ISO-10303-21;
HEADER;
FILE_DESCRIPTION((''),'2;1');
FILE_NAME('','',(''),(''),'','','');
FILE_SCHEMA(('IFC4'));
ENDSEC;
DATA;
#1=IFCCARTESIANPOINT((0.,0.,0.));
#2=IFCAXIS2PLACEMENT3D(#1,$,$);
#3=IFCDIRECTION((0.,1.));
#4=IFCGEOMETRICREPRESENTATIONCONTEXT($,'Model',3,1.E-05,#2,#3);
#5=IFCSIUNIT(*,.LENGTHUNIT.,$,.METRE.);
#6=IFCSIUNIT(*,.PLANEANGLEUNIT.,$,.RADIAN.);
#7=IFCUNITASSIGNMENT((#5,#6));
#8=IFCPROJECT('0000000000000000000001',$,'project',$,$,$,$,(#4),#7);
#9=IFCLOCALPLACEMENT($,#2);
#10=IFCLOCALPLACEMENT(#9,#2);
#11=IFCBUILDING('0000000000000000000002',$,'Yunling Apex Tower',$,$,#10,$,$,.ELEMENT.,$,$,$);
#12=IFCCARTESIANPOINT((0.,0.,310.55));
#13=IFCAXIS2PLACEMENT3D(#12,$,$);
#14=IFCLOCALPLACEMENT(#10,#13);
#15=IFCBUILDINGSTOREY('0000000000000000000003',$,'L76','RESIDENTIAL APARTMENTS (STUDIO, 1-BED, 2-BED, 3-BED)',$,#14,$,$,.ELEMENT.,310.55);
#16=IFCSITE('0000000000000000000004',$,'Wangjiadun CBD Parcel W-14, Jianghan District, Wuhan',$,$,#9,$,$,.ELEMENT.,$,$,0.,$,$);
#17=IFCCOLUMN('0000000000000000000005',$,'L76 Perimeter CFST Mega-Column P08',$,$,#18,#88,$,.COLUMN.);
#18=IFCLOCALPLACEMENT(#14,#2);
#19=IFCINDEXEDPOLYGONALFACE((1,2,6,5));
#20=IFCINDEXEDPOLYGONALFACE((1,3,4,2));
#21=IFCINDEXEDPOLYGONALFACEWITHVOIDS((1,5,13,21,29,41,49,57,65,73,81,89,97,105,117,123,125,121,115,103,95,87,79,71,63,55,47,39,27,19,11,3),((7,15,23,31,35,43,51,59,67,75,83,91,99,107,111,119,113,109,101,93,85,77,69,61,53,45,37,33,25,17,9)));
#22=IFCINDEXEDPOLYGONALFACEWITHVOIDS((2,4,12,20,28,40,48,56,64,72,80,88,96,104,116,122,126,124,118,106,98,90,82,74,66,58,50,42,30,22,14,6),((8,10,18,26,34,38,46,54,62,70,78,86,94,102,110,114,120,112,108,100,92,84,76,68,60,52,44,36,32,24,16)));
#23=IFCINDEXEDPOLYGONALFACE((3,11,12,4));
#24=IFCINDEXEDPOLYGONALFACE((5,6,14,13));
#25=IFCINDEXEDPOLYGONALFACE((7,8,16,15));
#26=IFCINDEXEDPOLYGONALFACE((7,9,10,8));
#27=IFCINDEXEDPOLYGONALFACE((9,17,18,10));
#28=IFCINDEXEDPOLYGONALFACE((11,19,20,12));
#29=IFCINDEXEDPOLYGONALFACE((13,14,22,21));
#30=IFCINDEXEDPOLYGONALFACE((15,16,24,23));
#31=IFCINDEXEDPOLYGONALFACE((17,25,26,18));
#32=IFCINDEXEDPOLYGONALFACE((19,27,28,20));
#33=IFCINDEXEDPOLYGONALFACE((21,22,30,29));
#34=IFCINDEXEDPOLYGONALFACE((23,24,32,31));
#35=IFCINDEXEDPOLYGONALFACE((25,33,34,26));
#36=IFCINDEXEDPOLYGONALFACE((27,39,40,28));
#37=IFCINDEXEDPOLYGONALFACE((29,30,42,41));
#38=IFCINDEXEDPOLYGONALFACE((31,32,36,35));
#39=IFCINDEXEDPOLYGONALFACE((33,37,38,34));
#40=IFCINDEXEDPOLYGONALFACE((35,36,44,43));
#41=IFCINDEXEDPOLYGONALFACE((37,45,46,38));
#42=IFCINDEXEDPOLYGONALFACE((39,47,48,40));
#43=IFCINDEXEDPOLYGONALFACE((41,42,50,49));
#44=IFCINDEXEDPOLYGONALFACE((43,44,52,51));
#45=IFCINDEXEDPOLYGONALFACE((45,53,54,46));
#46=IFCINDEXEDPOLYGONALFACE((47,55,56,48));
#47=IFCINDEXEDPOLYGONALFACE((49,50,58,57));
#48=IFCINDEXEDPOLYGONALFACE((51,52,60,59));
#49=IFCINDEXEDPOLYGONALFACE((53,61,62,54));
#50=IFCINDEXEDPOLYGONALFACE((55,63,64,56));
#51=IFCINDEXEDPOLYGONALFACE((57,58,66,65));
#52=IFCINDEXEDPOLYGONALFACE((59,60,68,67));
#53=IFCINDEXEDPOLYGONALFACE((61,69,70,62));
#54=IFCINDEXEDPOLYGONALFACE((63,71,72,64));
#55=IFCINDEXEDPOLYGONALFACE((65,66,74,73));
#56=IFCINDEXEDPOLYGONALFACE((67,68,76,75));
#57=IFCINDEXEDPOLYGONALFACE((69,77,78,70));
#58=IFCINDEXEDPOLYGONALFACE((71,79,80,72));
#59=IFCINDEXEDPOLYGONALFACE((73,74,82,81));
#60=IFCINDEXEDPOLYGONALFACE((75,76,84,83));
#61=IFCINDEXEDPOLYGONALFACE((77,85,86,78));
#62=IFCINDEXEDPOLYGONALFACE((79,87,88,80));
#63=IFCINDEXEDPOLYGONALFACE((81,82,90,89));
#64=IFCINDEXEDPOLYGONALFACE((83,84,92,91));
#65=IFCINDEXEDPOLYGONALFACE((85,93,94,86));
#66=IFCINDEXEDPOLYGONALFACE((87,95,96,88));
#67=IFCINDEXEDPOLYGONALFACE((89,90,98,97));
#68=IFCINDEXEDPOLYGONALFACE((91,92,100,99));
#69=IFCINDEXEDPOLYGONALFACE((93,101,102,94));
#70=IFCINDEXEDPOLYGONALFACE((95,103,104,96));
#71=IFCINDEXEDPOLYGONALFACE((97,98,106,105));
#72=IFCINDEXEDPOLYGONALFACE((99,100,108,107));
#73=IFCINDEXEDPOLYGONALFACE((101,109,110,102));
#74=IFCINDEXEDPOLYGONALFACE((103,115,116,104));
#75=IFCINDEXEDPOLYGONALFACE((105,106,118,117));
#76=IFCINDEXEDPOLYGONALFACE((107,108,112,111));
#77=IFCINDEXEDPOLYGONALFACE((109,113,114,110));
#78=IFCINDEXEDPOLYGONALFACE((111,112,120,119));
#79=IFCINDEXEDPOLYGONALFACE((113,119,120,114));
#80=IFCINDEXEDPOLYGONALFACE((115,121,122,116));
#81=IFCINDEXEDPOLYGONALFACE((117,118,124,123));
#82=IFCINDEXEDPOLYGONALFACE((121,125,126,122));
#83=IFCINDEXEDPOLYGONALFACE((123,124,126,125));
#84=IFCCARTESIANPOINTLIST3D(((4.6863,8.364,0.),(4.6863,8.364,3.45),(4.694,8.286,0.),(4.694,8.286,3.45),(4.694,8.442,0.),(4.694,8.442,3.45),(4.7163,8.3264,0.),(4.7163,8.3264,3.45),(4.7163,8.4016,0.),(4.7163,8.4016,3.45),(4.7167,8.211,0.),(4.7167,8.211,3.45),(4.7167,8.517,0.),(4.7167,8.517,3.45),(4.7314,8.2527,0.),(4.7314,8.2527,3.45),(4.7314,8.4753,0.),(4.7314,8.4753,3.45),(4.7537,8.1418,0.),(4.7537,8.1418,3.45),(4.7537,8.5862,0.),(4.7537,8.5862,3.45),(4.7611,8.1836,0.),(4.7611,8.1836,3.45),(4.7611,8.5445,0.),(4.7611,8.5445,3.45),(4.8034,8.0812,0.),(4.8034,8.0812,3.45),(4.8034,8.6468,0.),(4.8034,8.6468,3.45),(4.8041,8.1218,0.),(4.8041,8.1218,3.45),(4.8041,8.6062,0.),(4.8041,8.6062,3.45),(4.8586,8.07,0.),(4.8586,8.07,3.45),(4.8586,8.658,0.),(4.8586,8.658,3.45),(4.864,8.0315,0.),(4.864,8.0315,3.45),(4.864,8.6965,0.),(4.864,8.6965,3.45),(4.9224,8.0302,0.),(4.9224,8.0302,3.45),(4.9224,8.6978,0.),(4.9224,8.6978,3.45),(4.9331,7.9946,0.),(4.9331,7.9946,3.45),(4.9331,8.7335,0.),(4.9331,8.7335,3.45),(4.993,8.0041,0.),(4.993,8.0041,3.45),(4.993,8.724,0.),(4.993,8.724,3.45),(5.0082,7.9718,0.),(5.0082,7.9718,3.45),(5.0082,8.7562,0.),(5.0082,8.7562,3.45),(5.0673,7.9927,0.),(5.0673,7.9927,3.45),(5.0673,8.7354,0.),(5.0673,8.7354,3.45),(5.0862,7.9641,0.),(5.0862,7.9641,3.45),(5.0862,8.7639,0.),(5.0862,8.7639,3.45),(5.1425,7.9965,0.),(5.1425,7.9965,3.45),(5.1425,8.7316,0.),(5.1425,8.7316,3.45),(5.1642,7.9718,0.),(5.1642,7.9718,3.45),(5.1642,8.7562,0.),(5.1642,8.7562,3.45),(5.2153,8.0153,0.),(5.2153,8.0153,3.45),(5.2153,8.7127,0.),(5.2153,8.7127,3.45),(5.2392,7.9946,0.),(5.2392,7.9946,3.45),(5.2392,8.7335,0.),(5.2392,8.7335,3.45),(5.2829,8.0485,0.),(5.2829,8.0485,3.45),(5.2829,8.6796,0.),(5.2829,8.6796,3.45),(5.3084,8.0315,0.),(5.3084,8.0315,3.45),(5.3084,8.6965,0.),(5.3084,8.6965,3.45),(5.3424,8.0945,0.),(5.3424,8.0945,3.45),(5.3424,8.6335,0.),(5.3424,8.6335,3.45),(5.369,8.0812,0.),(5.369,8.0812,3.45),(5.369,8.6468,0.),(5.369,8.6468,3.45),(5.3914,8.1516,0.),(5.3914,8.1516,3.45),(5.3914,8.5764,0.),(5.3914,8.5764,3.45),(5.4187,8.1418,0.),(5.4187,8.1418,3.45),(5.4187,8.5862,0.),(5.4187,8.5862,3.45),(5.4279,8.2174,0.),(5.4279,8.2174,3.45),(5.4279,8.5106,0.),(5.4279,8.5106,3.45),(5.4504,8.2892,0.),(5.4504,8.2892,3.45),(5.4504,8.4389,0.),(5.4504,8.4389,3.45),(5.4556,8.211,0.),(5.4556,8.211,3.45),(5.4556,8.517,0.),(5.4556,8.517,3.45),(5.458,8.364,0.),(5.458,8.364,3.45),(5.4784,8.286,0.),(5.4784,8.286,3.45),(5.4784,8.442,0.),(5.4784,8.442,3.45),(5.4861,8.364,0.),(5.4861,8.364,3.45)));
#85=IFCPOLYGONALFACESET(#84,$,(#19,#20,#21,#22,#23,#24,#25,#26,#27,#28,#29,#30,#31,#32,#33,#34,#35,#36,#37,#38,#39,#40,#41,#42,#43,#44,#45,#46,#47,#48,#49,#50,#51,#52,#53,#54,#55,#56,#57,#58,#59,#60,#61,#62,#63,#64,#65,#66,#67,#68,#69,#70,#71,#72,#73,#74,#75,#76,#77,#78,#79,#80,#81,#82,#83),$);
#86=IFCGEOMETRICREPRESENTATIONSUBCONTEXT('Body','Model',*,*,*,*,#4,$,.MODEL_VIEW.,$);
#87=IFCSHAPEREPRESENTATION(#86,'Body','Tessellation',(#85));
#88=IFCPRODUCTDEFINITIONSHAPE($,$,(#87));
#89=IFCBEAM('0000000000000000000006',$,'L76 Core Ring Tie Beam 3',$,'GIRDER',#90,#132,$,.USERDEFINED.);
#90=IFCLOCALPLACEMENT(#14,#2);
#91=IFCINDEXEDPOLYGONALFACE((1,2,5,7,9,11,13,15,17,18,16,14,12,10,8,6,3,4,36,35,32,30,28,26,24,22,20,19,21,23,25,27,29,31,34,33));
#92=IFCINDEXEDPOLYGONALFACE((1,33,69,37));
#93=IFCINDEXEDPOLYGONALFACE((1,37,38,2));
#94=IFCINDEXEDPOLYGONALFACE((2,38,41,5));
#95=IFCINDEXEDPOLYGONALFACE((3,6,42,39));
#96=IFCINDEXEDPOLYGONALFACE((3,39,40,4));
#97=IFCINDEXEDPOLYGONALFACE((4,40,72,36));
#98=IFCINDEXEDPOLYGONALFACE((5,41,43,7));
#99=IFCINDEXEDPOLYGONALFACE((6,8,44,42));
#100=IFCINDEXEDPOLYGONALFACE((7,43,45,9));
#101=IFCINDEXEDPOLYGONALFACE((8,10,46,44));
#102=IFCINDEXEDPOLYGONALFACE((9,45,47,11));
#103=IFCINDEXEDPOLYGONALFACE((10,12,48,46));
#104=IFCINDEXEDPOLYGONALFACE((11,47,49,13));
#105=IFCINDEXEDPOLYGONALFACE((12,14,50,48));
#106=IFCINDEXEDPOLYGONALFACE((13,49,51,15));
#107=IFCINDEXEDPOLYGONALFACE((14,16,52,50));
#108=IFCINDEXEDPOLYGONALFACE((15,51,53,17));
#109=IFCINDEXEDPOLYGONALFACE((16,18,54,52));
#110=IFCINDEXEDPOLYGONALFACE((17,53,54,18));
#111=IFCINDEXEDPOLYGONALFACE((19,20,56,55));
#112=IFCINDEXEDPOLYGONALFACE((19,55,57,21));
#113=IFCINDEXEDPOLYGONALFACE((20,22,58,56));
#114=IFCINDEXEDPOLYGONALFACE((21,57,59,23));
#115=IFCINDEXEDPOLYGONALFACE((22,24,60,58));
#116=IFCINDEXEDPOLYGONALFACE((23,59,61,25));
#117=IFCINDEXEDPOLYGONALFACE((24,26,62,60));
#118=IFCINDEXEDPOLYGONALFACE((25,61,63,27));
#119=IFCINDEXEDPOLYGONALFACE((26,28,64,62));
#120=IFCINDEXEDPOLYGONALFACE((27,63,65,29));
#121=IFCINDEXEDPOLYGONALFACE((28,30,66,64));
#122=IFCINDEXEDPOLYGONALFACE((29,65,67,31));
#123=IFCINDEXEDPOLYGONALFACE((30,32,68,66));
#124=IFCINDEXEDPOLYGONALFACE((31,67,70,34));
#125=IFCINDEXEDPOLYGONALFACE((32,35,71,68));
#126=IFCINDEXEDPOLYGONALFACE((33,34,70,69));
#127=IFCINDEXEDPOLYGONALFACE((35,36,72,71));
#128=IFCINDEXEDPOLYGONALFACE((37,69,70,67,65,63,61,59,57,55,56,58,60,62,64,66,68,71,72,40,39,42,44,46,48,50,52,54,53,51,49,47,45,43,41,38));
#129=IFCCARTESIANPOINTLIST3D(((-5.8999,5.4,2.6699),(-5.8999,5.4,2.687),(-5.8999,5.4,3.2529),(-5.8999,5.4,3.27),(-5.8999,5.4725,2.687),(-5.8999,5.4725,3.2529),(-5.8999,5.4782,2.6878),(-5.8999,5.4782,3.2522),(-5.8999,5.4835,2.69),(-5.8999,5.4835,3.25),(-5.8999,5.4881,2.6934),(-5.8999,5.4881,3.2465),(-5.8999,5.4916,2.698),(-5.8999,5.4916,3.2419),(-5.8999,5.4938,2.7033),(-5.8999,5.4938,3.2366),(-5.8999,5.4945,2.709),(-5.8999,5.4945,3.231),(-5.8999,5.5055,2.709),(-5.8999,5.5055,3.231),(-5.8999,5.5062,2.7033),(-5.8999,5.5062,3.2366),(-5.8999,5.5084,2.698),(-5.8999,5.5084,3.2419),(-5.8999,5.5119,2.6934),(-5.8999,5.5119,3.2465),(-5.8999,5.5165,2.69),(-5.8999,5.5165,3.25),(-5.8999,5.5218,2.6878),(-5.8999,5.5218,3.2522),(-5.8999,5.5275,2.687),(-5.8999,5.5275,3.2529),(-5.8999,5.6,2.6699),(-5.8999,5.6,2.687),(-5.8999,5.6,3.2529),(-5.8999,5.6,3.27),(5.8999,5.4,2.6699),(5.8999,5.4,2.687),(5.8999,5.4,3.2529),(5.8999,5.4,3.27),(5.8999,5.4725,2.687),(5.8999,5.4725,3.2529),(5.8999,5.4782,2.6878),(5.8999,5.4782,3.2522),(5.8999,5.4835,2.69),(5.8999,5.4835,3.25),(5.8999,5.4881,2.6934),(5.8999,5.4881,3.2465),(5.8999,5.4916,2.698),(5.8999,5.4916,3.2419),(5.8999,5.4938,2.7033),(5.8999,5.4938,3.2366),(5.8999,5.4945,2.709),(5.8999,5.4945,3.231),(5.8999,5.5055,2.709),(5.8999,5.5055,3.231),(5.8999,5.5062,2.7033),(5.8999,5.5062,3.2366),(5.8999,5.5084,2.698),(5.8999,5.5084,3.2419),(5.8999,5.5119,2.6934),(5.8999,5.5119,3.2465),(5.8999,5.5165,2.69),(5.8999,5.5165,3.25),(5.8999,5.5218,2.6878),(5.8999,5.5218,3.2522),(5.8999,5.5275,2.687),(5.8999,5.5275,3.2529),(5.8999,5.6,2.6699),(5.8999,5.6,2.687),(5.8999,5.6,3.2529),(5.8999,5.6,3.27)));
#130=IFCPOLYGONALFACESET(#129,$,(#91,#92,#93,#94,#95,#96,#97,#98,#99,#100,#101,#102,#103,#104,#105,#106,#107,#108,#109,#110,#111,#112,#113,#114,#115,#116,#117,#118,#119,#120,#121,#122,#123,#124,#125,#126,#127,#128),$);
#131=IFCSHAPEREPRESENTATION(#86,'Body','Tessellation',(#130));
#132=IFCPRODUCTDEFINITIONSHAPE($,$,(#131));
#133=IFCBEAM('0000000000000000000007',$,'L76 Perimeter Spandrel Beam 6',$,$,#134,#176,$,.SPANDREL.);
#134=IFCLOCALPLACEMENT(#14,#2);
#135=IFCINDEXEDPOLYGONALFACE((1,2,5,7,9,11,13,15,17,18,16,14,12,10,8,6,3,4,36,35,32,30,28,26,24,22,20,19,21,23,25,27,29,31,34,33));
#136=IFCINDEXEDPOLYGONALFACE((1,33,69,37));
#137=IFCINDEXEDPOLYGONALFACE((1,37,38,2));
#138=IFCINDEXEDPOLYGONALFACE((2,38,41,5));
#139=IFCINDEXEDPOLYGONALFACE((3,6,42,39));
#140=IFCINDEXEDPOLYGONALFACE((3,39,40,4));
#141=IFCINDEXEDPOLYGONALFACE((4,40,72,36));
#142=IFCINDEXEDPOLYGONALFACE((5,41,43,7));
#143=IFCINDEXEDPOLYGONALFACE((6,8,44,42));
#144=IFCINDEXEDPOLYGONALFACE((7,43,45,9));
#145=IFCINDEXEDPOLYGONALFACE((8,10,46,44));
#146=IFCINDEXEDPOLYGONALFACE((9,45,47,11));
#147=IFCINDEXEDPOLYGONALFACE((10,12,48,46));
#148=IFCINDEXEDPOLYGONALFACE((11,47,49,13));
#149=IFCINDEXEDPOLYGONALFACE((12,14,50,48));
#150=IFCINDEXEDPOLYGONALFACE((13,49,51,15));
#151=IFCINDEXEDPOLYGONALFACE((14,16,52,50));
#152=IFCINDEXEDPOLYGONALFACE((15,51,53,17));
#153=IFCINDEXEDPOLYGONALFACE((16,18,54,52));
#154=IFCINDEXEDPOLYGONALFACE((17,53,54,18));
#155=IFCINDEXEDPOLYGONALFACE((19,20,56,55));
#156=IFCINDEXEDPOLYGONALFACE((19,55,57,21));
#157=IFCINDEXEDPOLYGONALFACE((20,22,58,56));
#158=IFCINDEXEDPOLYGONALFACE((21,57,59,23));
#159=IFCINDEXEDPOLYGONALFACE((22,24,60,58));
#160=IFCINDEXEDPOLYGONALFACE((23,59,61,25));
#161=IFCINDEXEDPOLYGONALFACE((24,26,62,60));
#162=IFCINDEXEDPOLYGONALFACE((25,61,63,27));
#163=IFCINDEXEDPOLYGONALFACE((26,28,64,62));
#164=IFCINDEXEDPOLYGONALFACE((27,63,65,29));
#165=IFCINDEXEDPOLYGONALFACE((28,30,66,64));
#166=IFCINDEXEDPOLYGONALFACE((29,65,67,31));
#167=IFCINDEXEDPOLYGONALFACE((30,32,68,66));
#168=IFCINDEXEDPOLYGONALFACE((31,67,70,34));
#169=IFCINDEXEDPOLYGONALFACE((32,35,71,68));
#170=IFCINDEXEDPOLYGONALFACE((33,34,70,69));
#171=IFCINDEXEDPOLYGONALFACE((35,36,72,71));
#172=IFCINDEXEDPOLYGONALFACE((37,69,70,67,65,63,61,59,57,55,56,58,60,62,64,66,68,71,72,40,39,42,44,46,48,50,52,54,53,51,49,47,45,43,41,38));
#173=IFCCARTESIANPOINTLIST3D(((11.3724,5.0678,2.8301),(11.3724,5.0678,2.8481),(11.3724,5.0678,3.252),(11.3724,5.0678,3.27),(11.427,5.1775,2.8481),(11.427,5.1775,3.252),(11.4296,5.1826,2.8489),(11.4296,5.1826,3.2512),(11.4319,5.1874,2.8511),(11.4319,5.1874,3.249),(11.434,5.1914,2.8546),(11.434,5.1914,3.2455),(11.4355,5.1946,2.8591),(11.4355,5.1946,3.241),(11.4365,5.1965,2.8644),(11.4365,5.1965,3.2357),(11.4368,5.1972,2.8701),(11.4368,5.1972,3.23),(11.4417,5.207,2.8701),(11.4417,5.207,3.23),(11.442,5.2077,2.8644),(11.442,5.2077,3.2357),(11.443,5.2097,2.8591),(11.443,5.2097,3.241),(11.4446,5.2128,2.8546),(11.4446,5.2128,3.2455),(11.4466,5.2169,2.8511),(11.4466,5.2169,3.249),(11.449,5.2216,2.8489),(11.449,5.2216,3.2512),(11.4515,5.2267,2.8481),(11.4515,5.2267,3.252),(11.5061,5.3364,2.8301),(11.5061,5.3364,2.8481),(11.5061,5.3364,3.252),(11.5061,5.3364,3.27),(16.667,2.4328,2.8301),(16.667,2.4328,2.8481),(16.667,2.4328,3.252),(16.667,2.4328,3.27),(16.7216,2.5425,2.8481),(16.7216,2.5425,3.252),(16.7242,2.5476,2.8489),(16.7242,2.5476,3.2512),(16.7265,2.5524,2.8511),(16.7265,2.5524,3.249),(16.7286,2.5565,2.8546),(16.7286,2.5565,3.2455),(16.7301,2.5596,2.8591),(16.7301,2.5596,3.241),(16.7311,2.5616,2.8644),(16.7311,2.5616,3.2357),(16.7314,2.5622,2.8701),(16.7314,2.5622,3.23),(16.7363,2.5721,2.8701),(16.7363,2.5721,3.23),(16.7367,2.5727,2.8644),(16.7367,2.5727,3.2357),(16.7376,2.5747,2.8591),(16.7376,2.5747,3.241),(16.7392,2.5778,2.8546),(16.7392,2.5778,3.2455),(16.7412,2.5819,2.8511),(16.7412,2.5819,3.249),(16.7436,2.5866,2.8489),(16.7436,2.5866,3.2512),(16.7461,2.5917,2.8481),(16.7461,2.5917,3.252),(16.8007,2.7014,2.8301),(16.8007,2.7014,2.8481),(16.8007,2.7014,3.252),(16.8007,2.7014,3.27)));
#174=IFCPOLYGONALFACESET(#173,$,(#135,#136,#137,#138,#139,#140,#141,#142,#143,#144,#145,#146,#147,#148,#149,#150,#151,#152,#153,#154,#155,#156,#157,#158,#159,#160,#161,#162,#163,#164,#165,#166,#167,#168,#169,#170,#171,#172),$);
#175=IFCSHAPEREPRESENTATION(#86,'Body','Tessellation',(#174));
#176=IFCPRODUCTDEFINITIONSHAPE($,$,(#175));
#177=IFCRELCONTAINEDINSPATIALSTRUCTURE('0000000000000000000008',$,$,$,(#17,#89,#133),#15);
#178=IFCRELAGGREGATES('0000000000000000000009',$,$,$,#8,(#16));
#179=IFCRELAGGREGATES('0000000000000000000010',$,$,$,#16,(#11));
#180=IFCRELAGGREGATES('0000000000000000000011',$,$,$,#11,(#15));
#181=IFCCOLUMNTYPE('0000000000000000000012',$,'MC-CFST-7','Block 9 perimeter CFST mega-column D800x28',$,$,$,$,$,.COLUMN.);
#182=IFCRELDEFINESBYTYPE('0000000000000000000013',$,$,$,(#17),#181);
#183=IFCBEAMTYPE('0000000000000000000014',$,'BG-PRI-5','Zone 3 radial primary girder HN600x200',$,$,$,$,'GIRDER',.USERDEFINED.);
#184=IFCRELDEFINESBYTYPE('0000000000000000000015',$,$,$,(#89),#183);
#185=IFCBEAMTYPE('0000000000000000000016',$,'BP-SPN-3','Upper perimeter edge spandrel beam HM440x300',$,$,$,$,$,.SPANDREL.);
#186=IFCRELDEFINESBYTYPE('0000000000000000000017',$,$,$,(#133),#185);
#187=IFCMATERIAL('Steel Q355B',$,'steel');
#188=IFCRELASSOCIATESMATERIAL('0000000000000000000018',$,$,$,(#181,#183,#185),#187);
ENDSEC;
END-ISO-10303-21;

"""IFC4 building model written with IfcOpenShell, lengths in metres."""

from ifc_helpers import new_model, si_unit, direction, frame, origin, origin_2d, place, context, subcontext, project, spatial, hollow_circle, i_section, extrude, source, transform, mapped, material, material_profile, profile_set, type_object, element, save


model = new_model("IFC4")

# Units and contexts
model_context = context("Model", 3, precision=1e-05, world=origin(), true_north=direction((0.0, 1.0)))
body_context = subcontext(model_context, "Body", "Model", "MODEL_VIEW")
ifc_project = project(units=[si_unit("LENGTHUNIT", "METRE"), si_unit("PLANEANGLEUNIT", "RADIAN")], contexts=[model_context])

# Site, building, storey
site_placement = place(None, origin())
site = spatial("IfcSite", under=ifc_project, at=site_placement, Name="Wangjiadun CBD Parcel W-14, Jianghan District, Wuhan", CompositionType="ELEMENT", RefElevation=0.0)
building_placement = place(site_placement, origin())
building = spatial("IfcBuilding", under=site, at=building_placement, Name="Yunling Apex Tower", CompositionType="ELEMENT")
storey_placement = place(building_placement, frame((0.0, 0.0, 310.55)))
storey = spatial("IfcBuildingStorey", under=building, at=storey_placement, Name="L76", Description="RESIDENTIAL APARTMENTS (STUDIO, 1-BED, 2-BED, 3-BED)", CompositionType="ELEMENT", Elevation=310.55)

# Column
ifc_material_1 = material(Name="Steel Q355B", Category="steel")
ifc_material_profile_1 = material_profile(ifc_material_1, hollow_circle(Radius=0.3999, WallThickness=0.0281, at=origin_2d()))
ifc_profile_set_1 = profile_set([ifc_material_profile_1], Name="Steel Q355B")
column_type_1 = type_object("IfcColumnType", Name="MC-CFST-7", Description="Block 9 perimeter CFST mega-column D800x28", PredefinedType="COLUMN", material=ifc_profile_set_1)
shared_shape_1 = source(origin(), body_context, "Body", "SweptSolid", [
    extrude(hollow_circle(Radius=0.3999, WallThickness=0.0281, at=origin_2d()), origin(), (0.0, 0.0, 1.0), 3.45),
])
for number, where, z_axis, x_axis, name in (
    (1, (5.0862, 8.364, 0.0), (0.0, 0.0, 1.0), (1.0, 0.0, 0.0), "L76 Perimeter CFST Mega-Column P08"),
):
    element("IfcColumn", number, at=place(storey_placement, frame(where, z_axis=z_axis, x_axis=x_axis)), inside=storey, type_object=column_type_1, Name=name, PredefinedType="COLUMN", context=body_context, shape_type="MappedRepresentation", body=[
        mapped(shared_shape_1, transform((0.0, 0.0, 0.0), scale=1.0)),
    ])

# Beams
ifc_material_profile_2 = material_profile(ifc_material_1, i_section(OverallWidth=0.2, OverallDepth=0.6001, WebThickness=0.011, FlangeThickness=0.0171, FilletRadius=0.022, at=origin_2d()))
ifc_profile_set_2 = profile_set([ifc_material_profile_2], Name="Steel Q355B")
beam_type_1 = type_object("IfcBeamType", Name="BG-PRI-5", Description="Zone 3 radial primary girder HN600x200", ElementType="GIRDER", PredefinedType="USERDEFINED", material=ifc_profile_set_2)
shared_shape_2 = source(origin(), body_context, "Body", "SweptSolid", [
    extrude(i_section(OverallWidth=0.2, OverallDepth=0.6001, WebThickness=0.011, FlangeThickness=0.0171, FilletRadius=0.022, at=origin_2d()), origin(), (0.0, 0.0, 1.0), 11.7998),
])
beam_1_placement = place(storey_placement, frame((5.8999, 5.5, 2.97), z_axis=(-1.0, 0.0, 0.0), x_axis=(0.0, -1.0, 0.0)))
element("IfcBeam", 2, at=beam_1_placement, inside=storey, type_object=beam_type_1, Name="L76 Core Ring Tie Beam 3", ObjectType="GIRDER", PredefinedType="USERDEFINED", context=body_context, shape_type="MappedRepresentation", body=[
    mapped(shared_shape_2, transform((0.0, 0.0, 0.0), scale=1.0)),
])
ifc_material_profile_3 = material_profile(ifc_material_1, i_section(OverallWidth=0.3, OverallDepth=0.4399, WebThickness=0.011, FlangeThickness=0.0181, FilletRadius=0.022, at=origin_2d()))
ifc_profile_set_3 = profile_set([ifc_material_profile_3], Name="Steel Q355B")
beam_type_2 = type_object("IfcBeamType", Name="BP-SPN-3", Description="Upper perimeter edge spandrel beam HM440x300", PredefinedType="SPANDREL", material=ifc_profile_set_3)
shared_shape_3 = source(origin(), body_context, "Body", "SweptSolid", [
    extrude(i_section(OverallWidth=0.3, OverallDepth=0.4399, WebThickness=0.011, FlangeThickness=0.0181, FilletRadius=0.022, at=origin_2d()), origin(), (0.0, 0.0, 1.0), 5.9141),
])
for number, where, z_axis, x_axis, name in (
    (3, (16.7339, 2.5671, 3.05), (-0.89526, 0.445545, 0.0), (-0.445545, -0.89526, 0.0), "L76 Perimeter Spandrel Beam 6"),
):
    element("IfcBeam", number, at=place(storey_placement, frame(where, z_axis=z_axis, x_axis=x_axis)), inside=storey, type_object=beam_type_2, Name=name, PredefinedType="SPANDREL", context=body_context, shape_type="MappedRepresentation", body=[
        mapped(shared_shape_3, transform((0.0, 0.0, 0.0), scale=1.0)),
    ])

save(model, "model.ifc")
